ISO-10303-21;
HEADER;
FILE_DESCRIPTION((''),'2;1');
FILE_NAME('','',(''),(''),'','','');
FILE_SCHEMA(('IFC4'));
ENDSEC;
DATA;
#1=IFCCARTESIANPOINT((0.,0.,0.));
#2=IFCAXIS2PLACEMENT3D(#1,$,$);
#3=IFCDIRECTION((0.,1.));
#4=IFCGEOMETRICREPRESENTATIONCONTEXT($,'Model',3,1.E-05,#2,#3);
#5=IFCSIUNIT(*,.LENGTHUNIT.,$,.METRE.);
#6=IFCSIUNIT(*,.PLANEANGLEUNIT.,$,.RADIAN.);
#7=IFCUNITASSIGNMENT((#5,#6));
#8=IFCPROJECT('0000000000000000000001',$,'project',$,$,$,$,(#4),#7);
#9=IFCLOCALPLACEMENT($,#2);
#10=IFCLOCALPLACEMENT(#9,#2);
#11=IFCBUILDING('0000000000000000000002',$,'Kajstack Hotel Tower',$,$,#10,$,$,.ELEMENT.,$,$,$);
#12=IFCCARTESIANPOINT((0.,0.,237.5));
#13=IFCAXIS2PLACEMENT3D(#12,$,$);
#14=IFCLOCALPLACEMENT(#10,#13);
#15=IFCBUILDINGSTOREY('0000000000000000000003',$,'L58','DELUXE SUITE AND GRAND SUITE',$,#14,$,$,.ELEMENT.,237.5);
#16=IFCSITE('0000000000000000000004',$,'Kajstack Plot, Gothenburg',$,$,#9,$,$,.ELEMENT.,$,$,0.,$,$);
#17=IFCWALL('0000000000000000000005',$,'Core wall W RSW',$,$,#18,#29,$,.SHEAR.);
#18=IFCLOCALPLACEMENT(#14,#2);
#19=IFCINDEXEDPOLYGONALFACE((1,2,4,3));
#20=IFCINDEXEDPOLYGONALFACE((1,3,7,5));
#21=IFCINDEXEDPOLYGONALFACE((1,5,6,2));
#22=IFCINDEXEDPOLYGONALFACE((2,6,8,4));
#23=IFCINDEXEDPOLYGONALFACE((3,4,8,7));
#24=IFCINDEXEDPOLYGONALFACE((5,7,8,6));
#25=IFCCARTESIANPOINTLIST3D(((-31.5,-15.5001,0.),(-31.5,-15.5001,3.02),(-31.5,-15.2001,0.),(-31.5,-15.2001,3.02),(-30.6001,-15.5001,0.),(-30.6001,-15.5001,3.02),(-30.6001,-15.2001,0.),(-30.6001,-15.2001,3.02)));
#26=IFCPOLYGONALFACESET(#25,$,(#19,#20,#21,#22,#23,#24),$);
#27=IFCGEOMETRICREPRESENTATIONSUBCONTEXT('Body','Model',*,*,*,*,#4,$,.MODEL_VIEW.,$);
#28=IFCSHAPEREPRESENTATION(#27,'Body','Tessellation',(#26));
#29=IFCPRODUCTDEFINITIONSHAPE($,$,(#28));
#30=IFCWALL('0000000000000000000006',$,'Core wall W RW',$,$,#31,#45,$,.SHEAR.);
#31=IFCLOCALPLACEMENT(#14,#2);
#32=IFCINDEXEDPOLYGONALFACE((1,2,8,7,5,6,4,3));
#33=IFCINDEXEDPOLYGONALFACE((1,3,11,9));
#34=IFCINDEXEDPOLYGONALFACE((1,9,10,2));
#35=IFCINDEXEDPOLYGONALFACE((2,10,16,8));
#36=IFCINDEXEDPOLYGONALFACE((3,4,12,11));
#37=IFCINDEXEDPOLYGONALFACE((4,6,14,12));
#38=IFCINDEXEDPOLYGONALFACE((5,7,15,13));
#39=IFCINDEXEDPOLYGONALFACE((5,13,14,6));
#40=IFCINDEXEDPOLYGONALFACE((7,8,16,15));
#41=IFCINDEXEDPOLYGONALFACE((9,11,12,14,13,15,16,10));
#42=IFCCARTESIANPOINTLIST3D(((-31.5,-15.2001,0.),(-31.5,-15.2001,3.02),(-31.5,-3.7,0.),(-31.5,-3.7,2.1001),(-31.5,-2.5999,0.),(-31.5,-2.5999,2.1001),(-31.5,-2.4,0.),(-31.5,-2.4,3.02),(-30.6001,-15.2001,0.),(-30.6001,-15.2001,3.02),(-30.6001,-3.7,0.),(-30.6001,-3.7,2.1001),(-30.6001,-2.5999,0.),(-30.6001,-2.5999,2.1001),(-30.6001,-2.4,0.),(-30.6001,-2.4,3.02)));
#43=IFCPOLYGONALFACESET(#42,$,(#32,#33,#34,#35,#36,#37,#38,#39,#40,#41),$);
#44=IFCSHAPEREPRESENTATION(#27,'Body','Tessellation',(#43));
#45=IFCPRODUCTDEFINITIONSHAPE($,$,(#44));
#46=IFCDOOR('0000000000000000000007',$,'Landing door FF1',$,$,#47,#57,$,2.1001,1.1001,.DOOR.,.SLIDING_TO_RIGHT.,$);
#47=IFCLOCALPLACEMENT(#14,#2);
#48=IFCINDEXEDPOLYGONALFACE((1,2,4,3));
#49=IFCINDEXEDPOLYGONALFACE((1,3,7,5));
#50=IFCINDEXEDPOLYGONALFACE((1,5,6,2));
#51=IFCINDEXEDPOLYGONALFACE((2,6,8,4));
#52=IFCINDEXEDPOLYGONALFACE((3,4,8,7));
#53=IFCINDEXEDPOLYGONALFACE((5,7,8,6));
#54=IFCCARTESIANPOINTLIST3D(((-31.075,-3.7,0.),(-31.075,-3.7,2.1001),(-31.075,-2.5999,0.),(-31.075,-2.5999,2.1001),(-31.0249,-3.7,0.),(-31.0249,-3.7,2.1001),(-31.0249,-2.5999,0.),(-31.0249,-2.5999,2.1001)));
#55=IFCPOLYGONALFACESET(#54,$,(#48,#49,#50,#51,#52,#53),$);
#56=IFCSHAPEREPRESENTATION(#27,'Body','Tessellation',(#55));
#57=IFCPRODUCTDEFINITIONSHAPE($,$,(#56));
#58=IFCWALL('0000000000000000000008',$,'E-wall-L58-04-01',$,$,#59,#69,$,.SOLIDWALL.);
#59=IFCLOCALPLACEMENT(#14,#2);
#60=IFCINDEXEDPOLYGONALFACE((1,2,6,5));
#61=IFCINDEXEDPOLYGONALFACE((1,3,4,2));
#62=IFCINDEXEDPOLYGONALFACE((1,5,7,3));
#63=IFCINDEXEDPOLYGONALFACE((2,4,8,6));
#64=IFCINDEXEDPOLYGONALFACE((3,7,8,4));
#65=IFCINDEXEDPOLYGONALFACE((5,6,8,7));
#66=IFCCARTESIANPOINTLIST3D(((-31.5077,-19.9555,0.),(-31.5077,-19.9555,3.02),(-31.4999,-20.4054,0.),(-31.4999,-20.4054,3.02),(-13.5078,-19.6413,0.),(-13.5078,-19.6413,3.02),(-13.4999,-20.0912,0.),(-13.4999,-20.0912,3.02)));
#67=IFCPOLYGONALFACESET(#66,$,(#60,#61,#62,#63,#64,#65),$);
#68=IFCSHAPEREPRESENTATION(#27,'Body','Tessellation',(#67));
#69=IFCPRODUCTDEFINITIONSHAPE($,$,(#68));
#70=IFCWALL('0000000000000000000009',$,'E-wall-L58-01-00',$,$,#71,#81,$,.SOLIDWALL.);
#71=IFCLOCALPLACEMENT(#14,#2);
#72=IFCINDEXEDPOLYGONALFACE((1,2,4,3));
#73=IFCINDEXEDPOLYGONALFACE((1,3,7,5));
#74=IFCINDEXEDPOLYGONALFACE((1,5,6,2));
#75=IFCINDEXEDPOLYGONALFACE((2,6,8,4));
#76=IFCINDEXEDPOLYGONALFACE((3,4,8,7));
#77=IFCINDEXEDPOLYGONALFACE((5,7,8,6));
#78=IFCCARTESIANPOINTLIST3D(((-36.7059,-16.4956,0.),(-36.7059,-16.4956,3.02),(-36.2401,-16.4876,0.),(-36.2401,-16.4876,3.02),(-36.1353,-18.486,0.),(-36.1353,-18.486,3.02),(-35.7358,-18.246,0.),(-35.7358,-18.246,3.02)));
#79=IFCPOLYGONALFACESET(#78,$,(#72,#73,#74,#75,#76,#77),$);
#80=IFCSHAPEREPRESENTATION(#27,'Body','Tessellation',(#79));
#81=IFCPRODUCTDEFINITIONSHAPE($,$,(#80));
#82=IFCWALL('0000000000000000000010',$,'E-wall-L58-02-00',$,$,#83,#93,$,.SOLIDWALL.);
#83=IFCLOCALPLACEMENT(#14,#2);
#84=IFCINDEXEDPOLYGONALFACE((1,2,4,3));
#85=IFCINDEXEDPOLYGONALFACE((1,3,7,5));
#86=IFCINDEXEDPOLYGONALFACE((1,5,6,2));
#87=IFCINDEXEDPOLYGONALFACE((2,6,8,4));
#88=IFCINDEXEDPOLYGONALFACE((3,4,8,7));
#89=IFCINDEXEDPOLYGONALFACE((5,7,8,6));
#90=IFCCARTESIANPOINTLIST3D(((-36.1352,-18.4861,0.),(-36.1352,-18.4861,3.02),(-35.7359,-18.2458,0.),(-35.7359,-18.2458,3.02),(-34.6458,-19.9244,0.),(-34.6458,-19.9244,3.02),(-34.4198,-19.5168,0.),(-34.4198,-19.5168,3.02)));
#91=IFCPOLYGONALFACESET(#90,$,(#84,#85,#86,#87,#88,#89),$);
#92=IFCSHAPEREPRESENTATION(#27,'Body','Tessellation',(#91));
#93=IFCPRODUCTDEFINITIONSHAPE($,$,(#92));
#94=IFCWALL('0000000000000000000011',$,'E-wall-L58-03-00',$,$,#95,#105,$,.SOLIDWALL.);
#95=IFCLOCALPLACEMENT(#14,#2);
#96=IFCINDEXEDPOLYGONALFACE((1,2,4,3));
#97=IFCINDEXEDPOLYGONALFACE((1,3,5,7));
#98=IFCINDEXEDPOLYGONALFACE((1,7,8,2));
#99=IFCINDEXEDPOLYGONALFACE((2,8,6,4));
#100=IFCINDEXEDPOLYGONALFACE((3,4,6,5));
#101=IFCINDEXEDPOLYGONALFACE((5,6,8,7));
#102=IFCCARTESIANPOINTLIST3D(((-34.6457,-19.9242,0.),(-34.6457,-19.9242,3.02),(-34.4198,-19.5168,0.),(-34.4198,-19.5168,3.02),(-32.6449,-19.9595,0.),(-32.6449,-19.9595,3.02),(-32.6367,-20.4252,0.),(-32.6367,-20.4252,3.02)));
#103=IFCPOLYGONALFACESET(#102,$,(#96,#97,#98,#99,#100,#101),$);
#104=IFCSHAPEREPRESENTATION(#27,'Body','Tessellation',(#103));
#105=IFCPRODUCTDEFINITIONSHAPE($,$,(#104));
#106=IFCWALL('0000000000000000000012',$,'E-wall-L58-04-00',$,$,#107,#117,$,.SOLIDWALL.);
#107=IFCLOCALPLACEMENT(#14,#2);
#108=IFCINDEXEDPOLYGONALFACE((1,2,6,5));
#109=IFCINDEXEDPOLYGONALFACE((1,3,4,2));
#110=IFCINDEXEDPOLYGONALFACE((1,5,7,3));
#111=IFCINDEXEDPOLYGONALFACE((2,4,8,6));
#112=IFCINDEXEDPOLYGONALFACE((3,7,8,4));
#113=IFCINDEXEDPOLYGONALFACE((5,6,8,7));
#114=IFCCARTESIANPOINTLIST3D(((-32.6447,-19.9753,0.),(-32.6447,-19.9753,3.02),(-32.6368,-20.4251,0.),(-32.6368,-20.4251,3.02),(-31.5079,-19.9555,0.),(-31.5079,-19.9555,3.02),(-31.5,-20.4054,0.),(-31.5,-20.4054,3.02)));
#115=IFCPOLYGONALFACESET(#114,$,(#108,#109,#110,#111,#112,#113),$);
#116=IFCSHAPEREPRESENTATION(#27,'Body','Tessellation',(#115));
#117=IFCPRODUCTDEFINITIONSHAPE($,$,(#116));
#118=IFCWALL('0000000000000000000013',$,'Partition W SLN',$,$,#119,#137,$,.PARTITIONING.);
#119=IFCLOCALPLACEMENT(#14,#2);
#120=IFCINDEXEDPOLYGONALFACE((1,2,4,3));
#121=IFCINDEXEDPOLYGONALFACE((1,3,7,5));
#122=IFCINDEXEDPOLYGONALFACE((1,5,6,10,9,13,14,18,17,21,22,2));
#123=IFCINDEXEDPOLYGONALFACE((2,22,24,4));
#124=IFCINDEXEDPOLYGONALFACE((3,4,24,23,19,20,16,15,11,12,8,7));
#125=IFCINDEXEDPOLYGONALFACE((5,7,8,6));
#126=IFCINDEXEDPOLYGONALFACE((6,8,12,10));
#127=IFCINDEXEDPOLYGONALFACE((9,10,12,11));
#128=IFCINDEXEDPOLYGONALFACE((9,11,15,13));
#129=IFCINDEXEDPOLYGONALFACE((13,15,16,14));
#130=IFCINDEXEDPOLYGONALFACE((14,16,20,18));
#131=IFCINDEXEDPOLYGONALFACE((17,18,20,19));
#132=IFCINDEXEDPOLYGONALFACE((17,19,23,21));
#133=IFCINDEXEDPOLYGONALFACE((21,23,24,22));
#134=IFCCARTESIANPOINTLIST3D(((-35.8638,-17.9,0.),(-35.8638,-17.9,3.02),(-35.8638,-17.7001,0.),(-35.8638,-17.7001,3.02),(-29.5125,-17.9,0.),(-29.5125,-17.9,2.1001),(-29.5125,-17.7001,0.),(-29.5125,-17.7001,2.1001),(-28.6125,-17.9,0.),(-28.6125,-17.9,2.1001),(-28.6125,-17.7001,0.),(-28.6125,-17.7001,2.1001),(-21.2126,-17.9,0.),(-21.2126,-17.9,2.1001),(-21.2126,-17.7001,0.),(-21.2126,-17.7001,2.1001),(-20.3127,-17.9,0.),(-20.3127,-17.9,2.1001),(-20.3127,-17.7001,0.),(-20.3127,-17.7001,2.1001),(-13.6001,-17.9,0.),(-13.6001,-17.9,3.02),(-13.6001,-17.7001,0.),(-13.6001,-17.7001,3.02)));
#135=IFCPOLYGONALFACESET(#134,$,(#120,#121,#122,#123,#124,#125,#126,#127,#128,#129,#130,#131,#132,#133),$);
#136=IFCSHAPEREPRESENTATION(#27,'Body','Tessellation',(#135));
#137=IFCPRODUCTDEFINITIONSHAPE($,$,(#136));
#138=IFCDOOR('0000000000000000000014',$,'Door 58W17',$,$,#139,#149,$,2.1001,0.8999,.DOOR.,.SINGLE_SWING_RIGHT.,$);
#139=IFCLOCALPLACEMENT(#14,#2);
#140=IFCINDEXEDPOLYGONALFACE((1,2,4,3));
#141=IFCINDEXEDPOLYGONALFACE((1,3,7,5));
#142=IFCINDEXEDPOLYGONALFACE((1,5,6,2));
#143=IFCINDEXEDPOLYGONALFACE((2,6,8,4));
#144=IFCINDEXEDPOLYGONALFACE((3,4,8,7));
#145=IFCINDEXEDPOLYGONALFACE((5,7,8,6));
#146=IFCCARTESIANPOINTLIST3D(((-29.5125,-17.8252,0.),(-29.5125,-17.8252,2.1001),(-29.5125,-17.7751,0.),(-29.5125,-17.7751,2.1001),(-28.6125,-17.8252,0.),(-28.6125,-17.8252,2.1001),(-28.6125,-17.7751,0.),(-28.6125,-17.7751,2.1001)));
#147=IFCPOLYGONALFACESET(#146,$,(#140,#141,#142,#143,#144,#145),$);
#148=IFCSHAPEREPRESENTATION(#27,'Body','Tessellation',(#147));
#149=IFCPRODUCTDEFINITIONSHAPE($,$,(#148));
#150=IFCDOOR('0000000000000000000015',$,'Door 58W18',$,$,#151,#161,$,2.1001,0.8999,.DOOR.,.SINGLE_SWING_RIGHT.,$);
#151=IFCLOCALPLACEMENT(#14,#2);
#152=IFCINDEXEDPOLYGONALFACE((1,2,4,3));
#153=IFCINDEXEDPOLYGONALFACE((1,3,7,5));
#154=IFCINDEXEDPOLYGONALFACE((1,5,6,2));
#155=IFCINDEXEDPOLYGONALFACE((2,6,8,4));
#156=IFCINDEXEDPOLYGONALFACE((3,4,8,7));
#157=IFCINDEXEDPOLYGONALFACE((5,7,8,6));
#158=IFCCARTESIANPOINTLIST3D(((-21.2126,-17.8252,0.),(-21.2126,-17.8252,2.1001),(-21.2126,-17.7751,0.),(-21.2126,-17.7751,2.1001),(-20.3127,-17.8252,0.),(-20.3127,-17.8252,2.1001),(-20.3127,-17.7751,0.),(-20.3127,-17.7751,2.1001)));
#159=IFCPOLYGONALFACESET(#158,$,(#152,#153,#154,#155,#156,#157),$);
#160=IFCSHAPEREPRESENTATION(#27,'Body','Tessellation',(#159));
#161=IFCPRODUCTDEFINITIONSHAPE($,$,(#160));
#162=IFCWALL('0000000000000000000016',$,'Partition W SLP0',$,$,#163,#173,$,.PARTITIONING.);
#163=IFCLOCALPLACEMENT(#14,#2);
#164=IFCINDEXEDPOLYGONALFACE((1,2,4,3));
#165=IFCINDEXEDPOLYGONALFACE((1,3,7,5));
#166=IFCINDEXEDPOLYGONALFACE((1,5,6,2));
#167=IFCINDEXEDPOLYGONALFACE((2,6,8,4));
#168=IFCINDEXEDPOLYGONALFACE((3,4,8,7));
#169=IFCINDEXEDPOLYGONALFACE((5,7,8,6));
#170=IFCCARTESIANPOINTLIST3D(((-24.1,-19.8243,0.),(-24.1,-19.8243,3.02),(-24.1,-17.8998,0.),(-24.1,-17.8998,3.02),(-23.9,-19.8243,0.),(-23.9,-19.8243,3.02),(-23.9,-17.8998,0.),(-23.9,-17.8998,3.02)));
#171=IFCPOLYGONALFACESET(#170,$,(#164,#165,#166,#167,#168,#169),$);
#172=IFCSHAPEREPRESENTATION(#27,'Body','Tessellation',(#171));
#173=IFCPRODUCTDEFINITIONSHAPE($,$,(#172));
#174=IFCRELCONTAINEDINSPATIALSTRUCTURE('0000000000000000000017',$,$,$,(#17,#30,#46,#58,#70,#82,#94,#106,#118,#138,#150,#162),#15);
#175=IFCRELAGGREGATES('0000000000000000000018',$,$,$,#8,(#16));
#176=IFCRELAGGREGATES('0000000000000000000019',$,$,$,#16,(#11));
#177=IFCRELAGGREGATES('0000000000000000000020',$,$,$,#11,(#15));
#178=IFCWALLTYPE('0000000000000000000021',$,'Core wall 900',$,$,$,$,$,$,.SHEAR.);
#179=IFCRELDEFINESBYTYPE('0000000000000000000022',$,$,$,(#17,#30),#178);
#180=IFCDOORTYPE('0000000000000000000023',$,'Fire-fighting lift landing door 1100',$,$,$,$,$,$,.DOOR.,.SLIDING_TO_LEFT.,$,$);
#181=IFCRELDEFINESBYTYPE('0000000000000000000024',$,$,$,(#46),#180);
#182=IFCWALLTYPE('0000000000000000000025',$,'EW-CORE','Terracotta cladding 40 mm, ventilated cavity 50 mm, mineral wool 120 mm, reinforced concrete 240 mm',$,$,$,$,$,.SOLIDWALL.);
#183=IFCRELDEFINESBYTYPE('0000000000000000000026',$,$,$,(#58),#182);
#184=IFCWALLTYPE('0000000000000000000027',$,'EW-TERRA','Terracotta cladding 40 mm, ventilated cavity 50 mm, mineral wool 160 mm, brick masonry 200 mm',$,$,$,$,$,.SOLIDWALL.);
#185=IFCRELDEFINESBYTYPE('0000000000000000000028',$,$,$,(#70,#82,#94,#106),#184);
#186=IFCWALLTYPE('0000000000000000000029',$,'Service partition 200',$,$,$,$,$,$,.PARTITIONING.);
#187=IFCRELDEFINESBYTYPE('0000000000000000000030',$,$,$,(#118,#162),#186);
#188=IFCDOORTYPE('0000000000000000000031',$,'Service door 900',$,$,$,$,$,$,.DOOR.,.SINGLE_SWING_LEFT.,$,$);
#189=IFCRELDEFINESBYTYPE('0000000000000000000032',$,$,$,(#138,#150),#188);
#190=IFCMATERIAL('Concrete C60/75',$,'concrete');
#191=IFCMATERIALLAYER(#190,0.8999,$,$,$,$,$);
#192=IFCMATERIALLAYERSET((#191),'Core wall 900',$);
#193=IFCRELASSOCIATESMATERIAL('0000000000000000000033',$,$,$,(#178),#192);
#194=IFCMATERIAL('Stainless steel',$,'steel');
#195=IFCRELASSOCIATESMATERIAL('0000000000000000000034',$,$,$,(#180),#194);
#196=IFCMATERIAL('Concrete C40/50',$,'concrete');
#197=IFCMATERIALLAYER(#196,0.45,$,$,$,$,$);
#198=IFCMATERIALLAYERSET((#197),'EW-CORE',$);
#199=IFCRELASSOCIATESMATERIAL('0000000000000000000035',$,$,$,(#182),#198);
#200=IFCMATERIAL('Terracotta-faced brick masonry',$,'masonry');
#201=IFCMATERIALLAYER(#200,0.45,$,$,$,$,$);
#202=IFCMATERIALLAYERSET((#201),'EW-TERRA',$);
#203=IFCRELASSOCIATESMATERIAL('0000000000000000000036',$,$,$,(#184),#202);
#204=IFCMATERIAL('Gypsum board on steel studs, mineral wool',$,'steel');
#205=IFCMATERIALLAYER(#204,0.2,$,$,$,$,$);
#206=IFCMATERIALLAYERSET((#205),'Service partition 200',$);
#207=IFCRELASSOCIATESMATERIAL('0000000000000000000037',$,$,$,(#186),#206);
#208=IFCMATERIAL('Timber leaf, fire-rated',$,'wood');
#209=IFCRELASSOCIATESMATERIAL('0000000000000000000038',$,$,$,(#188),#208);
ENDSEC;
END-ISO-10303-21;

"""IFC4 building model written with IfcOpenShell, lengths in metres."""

from ifc_helpers import new_model, si_unit, direction, frame, frame_2d, origin, place, context, subcontext, project, spatial, polyline, rectangle, outline, extrude, material, layer, layer_set, type_object, element, fill, save


model = new_model("IFC4")

# Units and contexts
model_context = context("Model", 3, precision=1e-05, world=origin(), true_north=direction((0.0, 1.0)))
body_context = subcontext(model_context, "Body", "Model", "MODEL_VIEW")
ifc_project = project(units=[si_unit("LENGTHUNIT", "METRE"), si_unit("PLANEANGLEUNIT", "RADIAN")], contexts=[model_context])

# Site, building, storey
site_placement = place(None, origin())
site = spatial("IfcSite", under=ifc_project, at=site_placement, Name="Kajstack Plot, Gothenburg", CompositionType="ELEMENT", RefElevation=0.0)
building_placement = place(site_placement, origin())
building = spatial("IfcBuilding", under=site, at=building_placement, Name="Kajstack Hotel Tower", CompositionType="ELEMENT")
storey_placement = place(building_placement, frame((0.0, 0.0, 237.5)))
storey = spatial("IfcBuildingStorey", under=building, at=storey_placement, Name="L58", Description="DELUXE SUITE AND GRAND SUITE", CompositionType="ELEMENT", Elevation=237.5)

# Wall
ifc_material_1 = material(Name="Concrete C60/75", Category="concrete")
ifc_layer_1 = layer(ifc_material_1, 0.8999)
ifc_layer_set_1 = layer_set([ifc_layer_1], Name="Core wall 900")
wall_type_1 = type_object("IfcWallType", Name="Core wall 900", PredefinedType="SHEAR", material=ifc_layer_set_1)
wall_1_placement = place(storey_placement, frame((-31.5, -15.3501, 0.0), z_axis=(0.0, 0.0, 1.0), x_axis=(1.0, 0.0, 0.0)))
element("IfcWall", 1, at=wall_1_placement, inside=storey, type_object=wall_type_1, Name="Core wall W RSW", PredefinedType="SHEAR", context=body_context, shape_type="SweptSolid", body=[
    extrude(rectangle(XDim=0.8999, YDim=0.3, at=frame_2d((0.45, 0.0))), origin(), (0.0, 0.0, 1.0), 3.02),
])

# Wall, opening, door
wall_2_placement = place(storey_placement, frame((-31.05, -15.2, 0.0), z_axis=(0.0, 0.0, 1.0), x_axis=(0.0, 1.0, 0.0)))
wall_2 = element("IfcWall", 2, at=wall_2_placement, inside=storey, type_object=wall_type_1, Name="Core wall W RW", PredefinedType="SHEAR", context=body_context, shape_type="SweptSolid", body=[
    extrude(rectangle(XDim=12.8, YDim=0.8999, at=frame_2d((6.3999, 0.0))), origin(), (0.0, 0.0, 1.0), 3.02),
])
opening_1_placement = place(wall_2_placement, frame((11.5, 0.0, 0.0)))
opening_1 = element("IfcOpeningElement", 3, at=opening_1_placement, cuts=wall_2, PredefinedType="OPENING", context=body_context, shape_type="SweptSolid", body=[
    extrude(rectangle(XDim=1.1001, YDim=2.1001, at=frame_2d((0.55, 1.05))), frame((0.0, 0.46, 0.0), z_axis=(0.0, -1.0, 0.0), x_axis=(1.0, 0.0, 0.0)), (0.0, 0.0, 1.0), 0.9199),
])
ifc_material_2 = material(Name="Stainless steel", Category="steel")
door_type_1 = type_object("IfcDoorType", Name="Fire-fighting lift landing door 1100", OperationType="SLIDING_TO_LEFT", PredefinedType="DOOR", material=ifc_material_2)
door_1_placement = place(opening_1_placement, origin())
door_1 = element("IfcDoor", 4, at=door_1_placement, inside=storey, type_object=door_type_1, Name="Landing door FF1", OperationType="SLIDING_TO_RIGHT", OverallHeight=2.1001, OverallWidth=1.1001, PredefinedType="DOOR", context=body_context, shape_type="SweptSolid", body=[
    extrude(rectangle(XDim=1.1001, YDim=2.1001, at=frame_2d((0.55, 1.05))), frame((0.0, 0.0249, 0.0), z_axis=(0.0, -1.0, 0.0), x_axis=(1.0, 0.0, 0.0)), (0.0, 0.0, 1.0), 0.05),
])
fill(opening_1, door_1)

# Walls
ifc_material_3 = material(Name="Concrete C40/50", Category="concrete")
ifc_layer_2 = layer(ifc_material_3, 0.45)
ifc_layer_set_2 = layer_set([ifc_layer_2], Name="EW-CORE")
wall_type_2 = type_object("IfcWallType", Name="EW-CORE", Description="Terracotta cladding 40 mm, ventilated cavity 50 mm, mineral wool 120 mm, reinforced concrete 240 mm", PredefinedType="SOLIDWALL", material=ifc_layer_set_2)
wall_3_placement = place(storey_placement, frame((-31.5039, -20.1804, 0.0), z_axis=(0.0, 0.0, 1.0), x_axis=(0.999848, 0.017453, 0.0)))
element("IfcWall", 5, at=wall_3_placement, inside=storey, type_object=wall_type_2, Name="E-wall-L58-04-01", PredefinedType="SOLIDWALL", context=body_context, shape_type="SweptSolid", body=[
    extrude(rectangle(XDim=18.0027, YDim=0.45, at=frame_2d((9.0015, 0.0))), origin(), (0.0, 0.0, 1.0), 3.02),
])
ifc_material_4 = material(Name="Terracotta-faced brick masonry", Category="masonry")
ifc_layer_3 = layer(ifc_material_4, 0.45)
ifc_layer_set_3 = layer_set([ifc_layer_3], Name="EW-TERRA")
wall_type_3 = type_object("IfcWallType", Name="EW-TERRA", Description="Terracotta cladding 40 mm, ventilated cavity 50 mm, mineral wool 160 mm, brick masonry 200 mm", PredefinedType="SOLIDWALL", material=ifc_layer_set_3)
wall_4_placement = place(storey_placement, frame((-36.4895, -16.4336, 0.0), z_axis=(0.0, 0.0, 1.0), x_axis=(0.275578, -0.961279, 0.0)))
element("IfcWall", 6, at=wall_4_placement, inside=storey, type_object=wall_type_3, Name="E-wall-L58-01-00", PredefinedType="SOLIDWALL", context=body_context, shape_type="SweptSolid", body=[
    extrude(outline(polyline([(0.0, -0.2251), (2.0706, -0.2251), (1.95, 0.2251), (0.1206, 0.2249), (0.0, -0.2251)])), origin(), (0.0, 0.0, 1.0), 3.02),
])
wall_5_placement = place(storey_placement, frame((-35.979, -18.324, 0.0), z_axis=(0.0, 0.0, 1.0), x_axis=(0.71932, -0.694679, 0.0)))
element("IfcWall", 7, at=wall_5_placement, inside=storey, type_object=wall_type_3, Name="E-wall-L58-02-00", PredefinedType="SOLIDWALL", context=body_context, shape_type="SweptSolid", body=[
    extrude(outline(polyline([(0.0002, -0.2251), (2.0708, -0.2251), (1.9502, 0.2251), (0.1206, 0.2251), (0.0002, -0.2251)])), origin(), (0.0, 0.0, 1.0), 3.02),
])
wall_6_placement = place(storey_placement, frame((-34.5913, -19.7061, 0.0), z_axis=(0.0, 0.0, 1.0), x_axis=(0.970316, -0.241842, 0.0)))
element("IfcWall", 8, at=wall_6_placement, inside=storey, type_object=wall_type_3, Name="E-wall-L58-03-00", PredefinedType="SOLIDWALL", context=body_context, shape_type="SweptSolid", body=[
    extrude(outline(polyline([(0.0, -0.2249), (2.0706, -0.2251), (1.95, 0.2249), (0.1206, 0.2251), (0.0, -0.2249)])), origin(), (0.0, 0.0, 1.0), 3.02),
])
wall_7_placement = place(storey_placement, frame((-32.6406, -20.2002, 0.0), z_axis=(0.0, 0.0, 1.0), x_axis=(0.999849, 0.017394, 0.0)))
element("IfcWall", 9, at=wall_7_placement, inside=storey, type_object=wall_type_3, Name="E-wall-L58-04-00", PredefinedType="SOLIDWALL", context=body_context, shape_type="SweptSolid", body=[
    extrude(rectangle(XDim=1.137, YDim=0.45, at=frame_2d((0.5684, 0.0))), origin(), (0.0, 0.0, 1.0), 3.02),
])

# Wall, openings, doors
ifc_material_5 = material(Name="Gypsum board on steel studs, mineral wool", Category="steel")
ifc_layer_4 = layer(ifc_material_5, 0.2)
ifc_layer_set_4 = layer_set([ifc_layer_4], Name="Service partition 200")
wall_type_4 = type_object("IfcWallType", Name="Service partition 200", PredefinedType="PARTITIONING", material=ifc_layer_set_4)
wall_8_placement = place(storey_placement, frame((-35.8638, -17.8, 0.0), z_axis=(0.0, 0.0, 1.0), x_axis=(1.0, 0.0, 0.0)))
wall_8 = element("IfcWall", 10, at=wall_8_placement, inside=storey, type_object=wall_type_4, Name="Partition W SLN", PredefinedType="PARTITIONING", context=body_context, shape_type="SweptSolid", body=[
    extrude(rectangle(XDim=22.2637, YDim=0.2, at=frame_2d((11.1318, 0.0))), origin(), (0.0, 0.0, 1.0), 3.02),
])
opening_2_placement = place(wall_8_placement, frame((6.3513, 0.0, 0.0)))
opening_2 = element("IfcOpeningElement", 11, at=opening_2_placement, cuts=wall_8, PredefinedType="OPENING", context=body_context, shape_type="SweptSolid", body=[
    extrude(rectangle(XDim=0.8999, YDim=2.1001, at=frame_2d((0.45, 1.05))), frame((0.0, 0.1099, 0.0), z_axis=(0.0, -1.0, 0.0), x_axis=(1.0, 0.0, 0.0)), (0.0, 0.0, 1.0), 0.22),
])
opening_3_placement = place(wall_8_placement, frame((14.6511, 0.0, 0.0)))
opening_3 = element("IfcOpeningElement", 12, at=opening_3_placement, cuts=wall_8, PredefinedType="OPENING", context=body_context, shape_type="SweptSolid", body=[
    extrude(rectangle(XDim=0.8999, YDim=2.1001, at=frame_2d((0.45, 1.05))), frame((0.0, 0.1099, 0.0), z_axis=(0.0, -1.0, 0.0), x_axis=(1.0, 0.0, 0.0)), (0.0, 0.0, 1.0), 0.22),
])
ifc_material_6 = material(Name="Timber leaf, fire-rated", Category="wood")
door_type_2 = type_object("IfcDoorType", Name="Service door 900", OperationType="SINGLE_SWING_LEFT", PredefinedType="DOOR", material=ifc_material_6)
door_2_placement = place(opening_2_placement, origin())
door_2 = element("IfcDoor", 13, at=door_2_placement, inside=storey, type_object=door_type_2, Name="Door 58W17", OperationType="SINGLE_SWING_RIGHT", OverallHeight=2.1001, OverallWidth=0.8999, PredefinedType="DOOR", context=body_context, shape_type="SweptSolid", body=[
    extrude(rectangle(XDim=0.8999, YDim=2.1001, at=frame_2d((0.45, 1.05))), frame((0.0, 0.0249, 0.0), z_axis=(0.0, -1.0, 0.0), x_axis=(1.0, 0.0, 0.0)), (0.0, 0.0, 1.0), 0.05),
])
fill(opening_2, door_2)
door_3_placement = place(opening_3_placement, origin())
door_3 = element("IfcDoor", 14, at=door_3_placement, inside=storey, type_object=door_type_2, Name="Door 58W18", OperationType="SINGLE_SWING_RIGHT", OverallHeight=2.1001, OverallWidth=0.8999, PredefinedType="DOOR", context=body_context, shape_type="SweptSolid", body=[
    extrude(rectangle(XDim=0.8999, YDim=2.1001, at=frame_2d((0.45, 1.05))), frame((0.0, 0.0249, 0.0), z_axis=(0.0, -1.0, 0.0), x_axis=(1.0, 0.0, 0.0)), (0.0, 0.0, 1.0), 0.05),
])
fill(opening_3, door_3)

# Wall
wall_9_placement = place(storey_placement, frame((-24.0, -19.8245, 0.0), z_axis=(0.0, 0.0, 1.0), x_axis=(0.0, 1.0, 0.0)))
element("IfcWall", 15, at=wall_9_placement, inside=storey, type_object=wall_type_4, Name="Partition W SLP0", PredefinedType="PARTITIONING", context=body_context, shape_type="SweptSolid", body=[
    extrude(rectangle(XDim=1.9246, YDim=0.2, at=frame_2d((0.9624, 0.0))), origin(), (0.0, 0.0, 1.0), 3.02),
])

save(model, "model.ifc")
